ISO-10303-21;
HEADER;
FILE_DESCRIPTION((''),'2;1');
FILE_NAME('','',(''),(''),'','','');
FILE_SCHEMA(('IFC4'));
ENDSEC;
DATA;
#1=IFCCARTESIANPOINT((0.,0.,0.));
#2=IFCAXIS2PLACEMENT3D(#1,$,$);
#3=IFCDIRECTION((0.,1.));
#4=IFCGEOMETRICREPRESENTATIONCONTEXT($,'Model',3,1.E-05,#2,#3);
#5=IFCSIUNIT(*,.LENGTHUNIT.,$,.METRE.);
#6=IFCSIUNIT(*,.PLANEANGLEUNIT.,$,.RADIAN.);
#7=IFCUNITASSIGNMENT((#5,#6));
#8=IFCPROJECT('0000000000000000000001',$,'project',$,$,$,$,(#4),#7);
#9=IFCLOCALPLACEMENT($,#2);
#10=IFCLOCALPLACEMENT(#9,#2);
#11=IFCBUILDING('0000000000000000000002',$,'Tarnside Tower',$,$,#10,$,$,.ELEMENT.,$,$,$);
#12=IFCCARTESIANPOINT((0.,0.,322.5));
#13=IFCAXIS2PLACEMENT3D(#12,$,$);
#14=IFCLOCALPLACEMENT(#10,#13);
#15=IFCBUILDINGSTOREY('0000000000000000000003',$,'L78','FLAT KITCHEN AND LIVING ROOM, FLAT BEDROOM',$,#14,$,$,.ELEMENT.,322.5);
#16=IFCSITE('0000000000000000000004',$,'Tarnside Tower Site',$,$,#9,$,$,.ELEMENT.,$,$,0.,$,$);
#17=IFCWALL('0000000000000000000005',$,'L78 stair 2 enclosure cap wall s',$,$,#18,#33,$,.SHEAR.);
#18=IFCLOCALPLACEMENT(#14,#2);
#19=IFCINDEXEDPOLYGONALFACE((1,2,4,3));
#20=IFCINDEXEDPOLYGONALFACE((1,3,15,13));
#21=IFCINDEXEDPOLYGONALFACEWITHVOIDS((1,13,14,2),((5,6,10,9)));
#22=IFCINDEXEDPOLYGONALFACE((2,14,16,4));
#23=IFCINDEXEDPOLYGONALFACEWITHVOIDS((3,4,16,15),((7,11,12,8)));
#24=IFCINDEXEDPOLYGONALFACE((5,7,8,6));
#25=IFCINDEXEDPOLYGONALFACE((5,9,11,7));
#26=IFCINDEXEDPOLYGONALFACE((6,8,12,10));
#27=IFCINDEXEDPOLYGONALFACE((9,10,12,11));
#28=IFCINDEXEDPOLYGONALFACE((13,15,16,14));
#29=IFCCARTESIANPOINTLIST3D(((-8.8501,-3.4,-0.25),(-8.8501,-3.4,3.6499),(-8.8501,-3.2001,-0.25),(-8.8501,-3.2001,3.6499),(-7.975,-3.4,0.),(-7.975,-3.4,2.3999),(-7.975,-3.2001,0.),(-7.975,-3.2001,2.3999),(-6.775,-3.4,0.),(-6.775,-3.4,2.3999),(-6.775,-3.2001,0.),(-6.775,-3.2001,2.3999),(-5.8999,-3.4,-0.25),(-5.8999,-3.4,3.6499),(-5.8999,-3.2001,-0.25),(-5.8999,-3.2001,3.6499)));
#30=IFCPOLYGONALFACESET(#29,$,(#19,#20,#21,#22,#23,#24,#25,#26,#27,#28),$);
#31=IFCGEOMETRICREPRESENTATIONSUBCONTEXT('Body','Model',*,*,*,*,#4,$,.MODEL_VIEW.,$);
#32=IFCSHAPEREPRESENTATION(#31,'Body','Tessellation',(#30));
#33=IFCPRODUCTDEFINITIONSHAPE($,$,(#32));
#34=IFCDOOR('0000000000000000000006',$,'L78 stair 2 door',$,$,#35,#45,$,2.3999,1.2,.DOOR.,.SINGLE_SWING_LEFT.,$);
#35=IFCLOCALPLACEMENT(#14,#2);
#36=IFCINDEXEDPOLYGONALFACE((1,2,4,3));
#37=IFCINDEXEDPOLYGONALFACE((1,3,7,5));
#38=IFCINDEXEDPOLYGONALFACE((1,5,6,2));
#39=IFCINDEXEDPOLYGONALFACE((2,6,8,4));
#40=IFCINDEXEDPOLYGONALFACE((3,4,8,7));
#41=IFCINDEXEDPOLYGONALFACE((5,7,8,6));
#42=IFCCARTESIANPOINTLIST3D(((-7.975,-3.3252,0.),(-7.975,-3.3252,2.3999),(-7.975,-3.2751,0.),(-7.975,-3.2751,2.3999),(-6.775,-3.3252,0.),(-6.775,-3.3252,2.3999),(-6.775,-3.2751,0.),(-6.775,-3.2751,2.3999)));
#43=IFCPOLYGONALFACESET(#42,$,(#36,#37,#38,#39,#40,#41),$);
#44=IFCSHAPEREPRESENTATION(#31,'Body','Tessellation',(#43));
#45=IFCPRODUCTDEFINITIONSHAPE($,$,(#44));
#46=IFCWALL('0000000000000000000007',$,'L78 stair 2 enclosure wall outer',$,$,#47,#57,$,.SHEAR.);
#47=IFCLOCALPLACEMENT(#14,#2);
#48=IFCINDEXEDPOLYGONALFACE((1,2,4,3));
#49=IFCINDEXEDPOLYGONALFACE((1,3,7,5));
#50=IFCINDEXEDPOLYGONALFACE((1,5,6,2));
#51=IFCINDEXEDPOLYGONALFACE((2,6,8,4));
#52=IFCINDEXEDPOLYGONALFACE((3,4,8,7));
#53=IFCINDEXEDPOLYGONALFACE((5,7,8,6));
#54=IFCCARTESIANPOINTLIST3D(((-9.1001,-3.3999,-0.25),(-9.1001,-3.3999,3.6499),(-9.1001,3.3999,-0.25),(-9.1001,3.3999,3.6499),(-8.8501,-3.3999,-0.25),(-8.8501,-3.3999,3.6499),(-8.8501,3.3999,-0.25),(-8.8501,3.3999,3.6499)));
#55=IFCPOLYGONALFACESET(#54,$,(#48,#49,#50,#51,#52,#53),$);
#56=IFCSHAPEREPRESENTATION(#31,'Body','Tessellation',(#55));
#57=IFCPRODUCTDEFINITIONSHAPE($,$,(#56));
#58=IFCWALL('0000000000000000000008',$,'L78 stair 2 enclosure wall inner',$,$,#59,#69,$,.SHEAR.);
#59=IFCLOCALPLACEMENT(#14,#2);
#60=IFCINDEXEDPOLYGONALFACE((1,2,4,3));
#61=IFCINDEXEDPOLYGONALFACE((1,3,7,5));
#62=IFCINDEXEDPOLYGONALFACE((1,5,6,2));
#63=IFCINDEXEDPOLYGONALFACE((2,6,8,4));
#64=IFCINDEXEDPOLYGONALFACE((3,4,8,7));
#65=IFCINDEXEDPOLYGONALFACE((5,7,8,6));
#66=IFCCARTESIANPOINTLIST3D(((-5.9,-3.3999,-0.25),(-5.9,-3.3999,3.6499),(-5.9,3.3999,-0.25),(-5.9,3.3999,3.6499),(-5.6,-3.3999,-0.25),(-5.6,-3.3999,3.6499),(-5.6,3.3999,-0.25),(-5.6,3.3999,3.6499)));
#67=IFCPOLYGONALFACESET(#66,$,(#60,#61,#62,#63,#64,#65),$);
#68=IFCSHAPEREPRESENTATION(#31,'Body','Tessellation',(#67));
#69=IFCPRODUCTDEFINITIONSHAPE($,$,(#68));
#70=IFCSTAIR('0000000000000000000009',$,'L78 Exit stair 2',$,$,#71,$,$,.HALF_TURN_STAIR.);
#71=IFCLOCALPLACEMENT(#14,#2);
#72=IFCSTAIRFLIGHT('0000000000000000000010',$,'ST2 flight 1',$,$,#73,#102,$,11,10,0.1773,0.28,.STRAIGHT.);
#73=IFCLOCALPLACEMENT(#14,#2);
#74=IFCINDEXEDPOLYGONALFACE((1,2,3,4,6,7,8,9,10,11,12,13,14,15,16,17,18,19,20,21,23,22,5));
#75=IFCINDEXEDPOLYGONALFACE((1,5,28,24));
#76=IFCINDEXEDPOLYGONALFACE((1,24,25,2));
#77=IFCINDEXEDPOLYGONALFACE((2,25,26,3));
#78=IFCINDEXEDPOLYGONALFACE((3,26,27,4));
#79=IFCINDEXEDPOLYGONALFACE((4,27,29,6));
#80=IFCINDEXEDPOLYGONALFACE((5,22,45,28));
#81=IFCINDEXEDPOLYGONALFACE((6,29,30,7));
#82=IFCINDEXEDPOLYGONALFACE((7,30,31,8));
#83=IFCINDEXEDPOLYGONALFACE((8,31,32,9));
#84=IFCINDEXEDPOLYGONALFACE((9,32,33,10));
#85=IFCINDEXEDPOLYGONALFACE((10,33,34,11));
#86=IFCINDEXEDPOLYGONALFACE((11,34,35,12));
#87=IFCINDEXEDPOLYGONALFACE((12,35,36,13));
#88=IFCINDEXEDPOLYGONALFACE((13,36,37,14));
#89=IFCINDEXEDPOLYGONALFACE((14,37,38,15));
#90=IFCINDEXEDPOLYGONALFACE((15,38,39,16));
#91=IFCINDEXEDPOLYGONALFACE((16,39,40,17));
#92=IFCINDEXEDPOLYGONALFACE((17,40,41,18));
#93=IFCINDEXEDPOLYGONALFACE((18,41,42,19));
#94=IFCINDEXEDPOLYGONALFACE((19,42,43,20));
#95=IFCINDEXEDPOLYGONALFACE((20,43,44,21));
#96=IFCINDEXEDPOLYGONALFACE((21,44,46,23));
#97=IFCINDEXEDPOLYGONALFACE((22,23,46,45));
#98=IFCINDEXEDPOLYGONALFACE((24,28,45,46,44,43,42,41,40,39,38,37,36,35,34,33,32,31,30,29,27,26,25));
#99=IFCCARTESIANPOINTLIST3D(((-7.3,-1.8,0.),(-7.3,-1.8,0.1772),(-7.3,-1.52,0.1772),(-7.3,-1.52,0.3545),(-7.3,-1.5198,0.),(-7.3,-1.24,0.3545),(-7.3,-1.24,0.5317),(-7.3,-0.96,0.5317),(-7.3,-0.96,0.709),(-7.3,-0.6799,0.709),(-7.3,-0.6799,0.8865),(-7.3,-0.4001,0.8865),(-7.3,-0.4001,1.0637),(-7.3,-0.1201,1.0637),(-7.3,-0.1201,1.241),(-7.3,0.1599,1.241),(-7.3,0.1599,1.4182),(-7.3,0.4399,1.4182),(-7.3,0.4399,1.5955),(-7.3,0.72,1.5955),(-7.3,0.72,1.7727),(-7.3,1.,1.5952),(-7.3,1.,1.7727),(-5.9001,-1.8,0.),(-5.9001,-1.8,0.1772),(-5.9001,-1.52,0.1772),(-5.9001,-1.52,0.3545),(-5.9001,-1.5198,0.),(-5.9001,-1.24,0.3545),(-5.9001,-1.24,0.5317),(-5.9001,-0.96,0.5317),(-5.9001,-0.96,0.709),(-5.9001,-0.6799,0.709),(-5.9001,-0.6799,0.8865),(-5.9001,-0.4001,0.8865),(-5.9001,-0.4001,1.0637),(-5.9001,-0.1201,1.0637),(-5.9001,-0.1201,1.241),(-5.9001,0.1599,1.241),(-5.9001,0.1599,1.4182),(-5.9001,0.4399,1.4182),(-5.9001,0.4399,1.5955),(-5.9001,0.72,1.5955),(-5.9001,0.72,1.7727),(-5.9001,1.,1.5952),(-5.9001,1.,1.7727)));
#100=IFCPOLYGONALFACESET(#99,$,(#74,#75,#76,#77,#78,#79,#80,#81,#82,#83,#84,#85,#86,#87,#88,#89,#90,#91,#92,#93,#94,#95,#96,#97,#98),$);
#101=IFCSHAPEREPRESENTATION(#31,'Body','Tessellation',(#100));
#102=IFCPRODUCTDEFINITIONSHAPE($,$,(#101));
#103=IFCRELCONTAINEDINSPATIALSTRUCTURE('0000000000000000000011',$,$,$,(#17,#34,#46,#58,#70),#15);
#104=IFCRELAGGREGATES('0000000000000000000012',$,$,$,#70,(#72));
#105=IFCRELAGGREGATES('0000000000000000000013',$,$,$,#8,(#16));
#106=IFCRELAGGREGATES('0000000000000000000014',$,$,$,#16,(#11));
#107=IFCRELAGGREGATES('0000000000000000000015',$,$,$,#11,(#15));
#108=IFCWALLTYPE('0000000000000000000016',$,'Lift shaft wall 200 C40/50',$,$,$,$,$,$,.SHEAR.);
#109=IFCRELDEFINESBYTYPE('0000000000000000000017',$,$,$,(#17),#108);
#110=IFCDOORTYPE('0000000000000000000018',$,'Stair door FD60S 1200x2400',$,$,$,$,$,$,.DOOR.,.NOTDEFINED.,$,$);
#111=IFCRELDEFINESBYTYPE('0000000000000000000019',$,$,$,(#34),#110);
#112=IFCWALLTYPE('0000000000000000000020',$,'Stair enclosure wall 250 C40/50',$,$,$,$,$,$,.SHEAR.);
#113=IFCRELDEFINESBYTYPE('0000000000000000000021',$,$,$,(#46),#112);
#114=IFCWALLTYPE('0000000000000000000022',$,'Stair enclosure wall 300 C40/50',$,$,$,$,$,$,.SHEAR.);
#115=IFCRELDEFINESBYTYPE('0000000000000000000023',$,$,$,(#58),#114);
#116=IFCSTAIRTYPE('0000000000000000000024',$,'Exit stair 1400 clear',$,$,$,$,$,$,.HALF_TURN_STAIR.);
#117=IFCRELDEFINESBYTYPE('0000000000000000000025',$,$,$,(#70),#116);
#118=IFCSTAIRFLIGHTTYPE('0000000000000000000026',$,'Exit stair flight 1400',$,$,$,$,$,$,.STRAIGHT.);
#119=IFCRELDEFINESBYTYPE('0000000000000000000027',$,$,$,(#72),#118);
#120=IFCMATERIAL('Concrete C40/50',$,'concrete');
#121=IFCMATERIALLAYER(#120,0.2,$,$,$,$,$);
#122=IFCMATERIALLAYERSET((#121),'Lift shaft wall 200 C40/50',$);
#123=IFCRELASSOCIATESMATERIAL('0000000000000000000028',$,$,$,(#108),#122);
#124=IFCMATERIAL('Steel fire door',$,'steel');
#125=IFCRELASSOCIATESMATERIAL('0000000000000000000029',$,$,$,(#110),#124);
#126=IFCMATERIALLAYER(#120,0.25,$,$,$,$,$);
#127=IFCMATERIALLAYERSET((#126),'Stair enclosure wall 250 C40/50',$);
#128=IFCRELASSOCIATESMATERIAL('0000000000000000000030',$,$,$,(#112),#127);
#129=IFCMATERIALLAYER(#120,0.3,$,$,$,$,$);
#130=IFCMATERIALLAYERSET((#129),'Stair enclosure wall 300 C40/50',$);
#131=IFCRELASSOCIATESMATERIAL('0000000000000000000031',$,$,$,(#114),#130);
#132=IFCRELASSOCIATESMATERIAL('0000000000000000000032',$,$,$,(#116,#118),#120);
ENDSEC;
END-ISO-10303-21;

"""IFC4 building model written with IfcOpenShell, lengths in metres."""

from ifc_helpers import new_model, si_unit, direction, frame, frame_2d, origin, place, context, subcontext, project, spatial, polyline, rectangle, outline, extrude, material, layer, layer_set, type_object, element, fill, aggregate, save


model = new_model("IFC4")

# Units and contexts
model_context = context("Model", 3, precision=1e-05, world=origin(), true_north=direction((0.0, 1.0)))
body_context = subcontext(model_context, "Body", "Model", "MODEL_VIEW")
ifc_project = project(units=[si_unit("LENGTHUNIT", "METRE"), si_unit("PLANEANGLEUNIT", "RADIAN")], contexts=[model_context])

# Site, building, storey
site_placement = place(None, origin())
site = spatial("IfcSite", under=ifc_project, at=site_placement, Name="Tarnside Tower Site", CompositionType="ELEMENT", RefElevation=0.0)
building_placement = place(site_placement, origin())
building = spatial("IfcBuilding", under=site, at=building_placement, Name="Tarnside Tower", CompositionType="ELEMENT")
storey_placement = place(building_placement, frame((0.0, 0.0, 322.5)))
storey = spatial("IfcBuildingStorey", under=building, at=storey_placement, Name="L78", Description="FLAT KITCHEN AND LIVING ROOM, FLAT BEDROOM", CompositionType="ELEMENT", Elevation=322.5)

# Shared definitions
ifc_material_1 = material(Name="Concrete C40/50", Category="concrete")

# Shared definitions
ifc_material_2 = material(Name="Steel fire door", Category="steel")

# Shared definitions
ifc_layer_1 = layer(ifc_material_1, 0.2)
ifc_layer_set_1 = layer_set([ifc_layer_1], Name="Lift shaft wall 200 C40/50")
wall_type_1 = type_object("IfcWallType", Name="Lift shaft wall 200 C40/50", PredefinedType="SHEAR", material=ifc_layer_set_1)

# Wall, opening, door
wall_1_placement = place(storey_placement, frame((-8.8501, -3.3, -0.25), z_axis=(0.0, 0.0, 1.0), x_axis=(1.0, 0.0, 0.0)))
wall_1 = element("IfcWall", 1, at=wall_1_placement, inside=storey, type_object=wall_type_1, Name="L78 stair 2 enclosure cap wall s", PredefinedType="SHEAR", context=body_context, shape_type="SweptSolid", body=[
    extrude(rectangle(XDim=2.9502, YDim=0.2, at=frame_2d((1.4751, 0.0))), origin(), (0.0, 0.0, 1.0), 3.8999),
])
opening_1_placement = place(wall_1_placement, frame((0.875, 0.0, 0.25)))
opening_1 = element("IfcOpeningElement", 2, at=opening_1_placement, cuts=wall_1, PredefinedType="OPENING", context=body_context, shape_type="SweptSolid", body=[
    extrude(rectangle(XDim=1.2, YDim=2.3999, at=frame_2d((0.6001, 1.2))), frame((0.0, 0.1099, 0.0), z_axis=(0.0, -1.0, 0.0), x_axis=(1.0, 0.0, 0.0)), (0.0, 0.0, 1.0), 0.22),
])
door_type_1 = type_object("IfcDoorType", Name="Stair door FD60S 1200x2400", OperationType="NOTDEFINED", PredefinedType="DOOR", material=ifc_material_2)
door_1_placement = place(opening_1_placement, origin())
door_1 = element("IfcDoor", 3, at=door_1_placement, inside=storey, type_object=door_type_1, Name="L78 stair 2 door", OperationType="SINGLE_SWING_LEFT", OverallHeight=2.3999, OverallWidth=1.2, PredefinedType="DOOR", context=body_context, shape_type="SweptSolid", body=[
    extrude(rectangle(XDim=1.2, YDim=2.3999, at=frame_2d((0.6001, 1.2))), frame((0.0, 0.0249, 0.0), z_axis=(0.0, -1.0, 0.0), x_axis=(1.0, 0.0, 0.0)), (0.0, 0.0, 1.0), 0.05),
])
fill(opening_1, door_1)

# Walls
ifc_layer_2 = layer(ifc_material_1, 0.25)
ifc_layer_set_2 = layer_set([ifc_layer_2], Name="Stair enclosure wall 250 C40/50")
wall_type_2 = type_object("IfcWallType", Name="Stair enclosure wall 250 C40/50", PredefinedType="SHEAR", material=ifc_layer_set_2)
wall_2_placement = place(storey_placement, frame((-8.9751, -3.3999, -0.25), z_axis=(0.0, 0.0, 1.0), x_axis=(0.0, 1.0, 0.0)))
element("IfcWall", 4, at=wall_2_placement, inside=storey, type_object=wall_type_2, Name="L78 stair 2 enclosure wall outer", PredefinedType="SHEAR", context=body_context, shape_type="SweptSolid", body=[
    extrude(rectangle(XDim=6.7998, YDim=0.25, at=frame_2d((3.3999, 0.0))), origin(), (0.0, 0.0, 1.0), 3.8999),
])
ifc_layer_3 = layer(ifc_material_1, 0.3)
ifc_layer_set_3 = layer_set([ifc_layer_3], Name="Stair enclosure wall 300 C40/50")
wall_type_3 = type_object("IfcWallType", Name="Stair enclosure wall 300 C40/50", PredefinedType="SHEAR", material=ifc_layer_set_3)
wall_3_placement = place(storey_placement, frame((-5.75, -3.3999, -0.25), z_axis=(0.0, 0.0, 1.0), x_axis=(0.0, 1.0, 0.0)))
element("IfcWall", 5, at=wall_3_placement, inside=storey, type_object=wall_type_3, Name="L78 stair 2 enclosure wall inner", PredefinedType="SHEAR", context=body_context, shape_type="SweptSolid", body=[
    extrude(rectangle(XDim=6.7998, YDim=0.3, at=frame_2d((3.3999, 0.0))), origin(), (0.0, 0.0, 1.0), 3.8999),
])

# Stair, stair flight
stair_type = type_object("IfcStairType", Name="Exit stair 1400 clear", PredefinedType="HALF_TURN_STAIR", material=ifc_material_1)
stair_placement = place(storey_placement, origin())
stair = element("IfcStair", 6, at=stair_placement, inside=storey, type_object=stair_type, Name="L78 Exit stair 2", PredefinedType="HALF_TURN_STAIR")
stair_flight_type = type_object("IfcStairFlightType", Name="Exit stair flight 1400", PredefinedType="STRAIGHT", material=ifc_material_1)
stair_flight_placement = place(storey_placement, frame((-6.6001, -1.8, 0.0), z_axis=(0.0, 0.0, 1.0), x_axis=(0.0, 1.0, 0.0)))
stair_flight = element("IfcStairFlight", 7, at=stair_flight_placement, type_object=stair_flight_type, Name="ST2 flight 1", NumberOfRisers=11, NumberOfTreads=10, PredefinedType="STRAIGHT", RiserHeight=0.1773, TreadLength=0.28, context=body_context, shape_type="SweptSolid", body=[
    extrude(outline(polyline([(0.0, 0.0), (0.0, 0.1772), (0.28, 0.1772), (0.28, 0.3545), (0.5601, 0.3545), (0.5601, 0.5317), (0.8401, 0.5317), (0.8401, 0.709), (1.1201, 0.709), (1.1201, 0.8865), (1.3999, 0.8865), (1.3999, 1.0637), (1.6799, 1.0637), (1.6799, 1.241), (1.96, 1.241), (1.96, 1.4182), (2.24, 1.4182), (2.24, 1.5955), (2.52, 1.5955), (2.52, 1.7727), (2.8, 1.7727), (2.8, 1.95), (2.8, 1.5952), (0.2803, 0.0), (0.0, 0.0)])), frame((0.0, 0.7, 0.0), z_axis=(0.0, -1.0, 0.0), x_axis=(1.0, 0.0, 0.0)), (0.0, 0.0, 1.0), 1.3999),
])
aggregate(stair, [stair_flight])

save(model, "model.ifc")
